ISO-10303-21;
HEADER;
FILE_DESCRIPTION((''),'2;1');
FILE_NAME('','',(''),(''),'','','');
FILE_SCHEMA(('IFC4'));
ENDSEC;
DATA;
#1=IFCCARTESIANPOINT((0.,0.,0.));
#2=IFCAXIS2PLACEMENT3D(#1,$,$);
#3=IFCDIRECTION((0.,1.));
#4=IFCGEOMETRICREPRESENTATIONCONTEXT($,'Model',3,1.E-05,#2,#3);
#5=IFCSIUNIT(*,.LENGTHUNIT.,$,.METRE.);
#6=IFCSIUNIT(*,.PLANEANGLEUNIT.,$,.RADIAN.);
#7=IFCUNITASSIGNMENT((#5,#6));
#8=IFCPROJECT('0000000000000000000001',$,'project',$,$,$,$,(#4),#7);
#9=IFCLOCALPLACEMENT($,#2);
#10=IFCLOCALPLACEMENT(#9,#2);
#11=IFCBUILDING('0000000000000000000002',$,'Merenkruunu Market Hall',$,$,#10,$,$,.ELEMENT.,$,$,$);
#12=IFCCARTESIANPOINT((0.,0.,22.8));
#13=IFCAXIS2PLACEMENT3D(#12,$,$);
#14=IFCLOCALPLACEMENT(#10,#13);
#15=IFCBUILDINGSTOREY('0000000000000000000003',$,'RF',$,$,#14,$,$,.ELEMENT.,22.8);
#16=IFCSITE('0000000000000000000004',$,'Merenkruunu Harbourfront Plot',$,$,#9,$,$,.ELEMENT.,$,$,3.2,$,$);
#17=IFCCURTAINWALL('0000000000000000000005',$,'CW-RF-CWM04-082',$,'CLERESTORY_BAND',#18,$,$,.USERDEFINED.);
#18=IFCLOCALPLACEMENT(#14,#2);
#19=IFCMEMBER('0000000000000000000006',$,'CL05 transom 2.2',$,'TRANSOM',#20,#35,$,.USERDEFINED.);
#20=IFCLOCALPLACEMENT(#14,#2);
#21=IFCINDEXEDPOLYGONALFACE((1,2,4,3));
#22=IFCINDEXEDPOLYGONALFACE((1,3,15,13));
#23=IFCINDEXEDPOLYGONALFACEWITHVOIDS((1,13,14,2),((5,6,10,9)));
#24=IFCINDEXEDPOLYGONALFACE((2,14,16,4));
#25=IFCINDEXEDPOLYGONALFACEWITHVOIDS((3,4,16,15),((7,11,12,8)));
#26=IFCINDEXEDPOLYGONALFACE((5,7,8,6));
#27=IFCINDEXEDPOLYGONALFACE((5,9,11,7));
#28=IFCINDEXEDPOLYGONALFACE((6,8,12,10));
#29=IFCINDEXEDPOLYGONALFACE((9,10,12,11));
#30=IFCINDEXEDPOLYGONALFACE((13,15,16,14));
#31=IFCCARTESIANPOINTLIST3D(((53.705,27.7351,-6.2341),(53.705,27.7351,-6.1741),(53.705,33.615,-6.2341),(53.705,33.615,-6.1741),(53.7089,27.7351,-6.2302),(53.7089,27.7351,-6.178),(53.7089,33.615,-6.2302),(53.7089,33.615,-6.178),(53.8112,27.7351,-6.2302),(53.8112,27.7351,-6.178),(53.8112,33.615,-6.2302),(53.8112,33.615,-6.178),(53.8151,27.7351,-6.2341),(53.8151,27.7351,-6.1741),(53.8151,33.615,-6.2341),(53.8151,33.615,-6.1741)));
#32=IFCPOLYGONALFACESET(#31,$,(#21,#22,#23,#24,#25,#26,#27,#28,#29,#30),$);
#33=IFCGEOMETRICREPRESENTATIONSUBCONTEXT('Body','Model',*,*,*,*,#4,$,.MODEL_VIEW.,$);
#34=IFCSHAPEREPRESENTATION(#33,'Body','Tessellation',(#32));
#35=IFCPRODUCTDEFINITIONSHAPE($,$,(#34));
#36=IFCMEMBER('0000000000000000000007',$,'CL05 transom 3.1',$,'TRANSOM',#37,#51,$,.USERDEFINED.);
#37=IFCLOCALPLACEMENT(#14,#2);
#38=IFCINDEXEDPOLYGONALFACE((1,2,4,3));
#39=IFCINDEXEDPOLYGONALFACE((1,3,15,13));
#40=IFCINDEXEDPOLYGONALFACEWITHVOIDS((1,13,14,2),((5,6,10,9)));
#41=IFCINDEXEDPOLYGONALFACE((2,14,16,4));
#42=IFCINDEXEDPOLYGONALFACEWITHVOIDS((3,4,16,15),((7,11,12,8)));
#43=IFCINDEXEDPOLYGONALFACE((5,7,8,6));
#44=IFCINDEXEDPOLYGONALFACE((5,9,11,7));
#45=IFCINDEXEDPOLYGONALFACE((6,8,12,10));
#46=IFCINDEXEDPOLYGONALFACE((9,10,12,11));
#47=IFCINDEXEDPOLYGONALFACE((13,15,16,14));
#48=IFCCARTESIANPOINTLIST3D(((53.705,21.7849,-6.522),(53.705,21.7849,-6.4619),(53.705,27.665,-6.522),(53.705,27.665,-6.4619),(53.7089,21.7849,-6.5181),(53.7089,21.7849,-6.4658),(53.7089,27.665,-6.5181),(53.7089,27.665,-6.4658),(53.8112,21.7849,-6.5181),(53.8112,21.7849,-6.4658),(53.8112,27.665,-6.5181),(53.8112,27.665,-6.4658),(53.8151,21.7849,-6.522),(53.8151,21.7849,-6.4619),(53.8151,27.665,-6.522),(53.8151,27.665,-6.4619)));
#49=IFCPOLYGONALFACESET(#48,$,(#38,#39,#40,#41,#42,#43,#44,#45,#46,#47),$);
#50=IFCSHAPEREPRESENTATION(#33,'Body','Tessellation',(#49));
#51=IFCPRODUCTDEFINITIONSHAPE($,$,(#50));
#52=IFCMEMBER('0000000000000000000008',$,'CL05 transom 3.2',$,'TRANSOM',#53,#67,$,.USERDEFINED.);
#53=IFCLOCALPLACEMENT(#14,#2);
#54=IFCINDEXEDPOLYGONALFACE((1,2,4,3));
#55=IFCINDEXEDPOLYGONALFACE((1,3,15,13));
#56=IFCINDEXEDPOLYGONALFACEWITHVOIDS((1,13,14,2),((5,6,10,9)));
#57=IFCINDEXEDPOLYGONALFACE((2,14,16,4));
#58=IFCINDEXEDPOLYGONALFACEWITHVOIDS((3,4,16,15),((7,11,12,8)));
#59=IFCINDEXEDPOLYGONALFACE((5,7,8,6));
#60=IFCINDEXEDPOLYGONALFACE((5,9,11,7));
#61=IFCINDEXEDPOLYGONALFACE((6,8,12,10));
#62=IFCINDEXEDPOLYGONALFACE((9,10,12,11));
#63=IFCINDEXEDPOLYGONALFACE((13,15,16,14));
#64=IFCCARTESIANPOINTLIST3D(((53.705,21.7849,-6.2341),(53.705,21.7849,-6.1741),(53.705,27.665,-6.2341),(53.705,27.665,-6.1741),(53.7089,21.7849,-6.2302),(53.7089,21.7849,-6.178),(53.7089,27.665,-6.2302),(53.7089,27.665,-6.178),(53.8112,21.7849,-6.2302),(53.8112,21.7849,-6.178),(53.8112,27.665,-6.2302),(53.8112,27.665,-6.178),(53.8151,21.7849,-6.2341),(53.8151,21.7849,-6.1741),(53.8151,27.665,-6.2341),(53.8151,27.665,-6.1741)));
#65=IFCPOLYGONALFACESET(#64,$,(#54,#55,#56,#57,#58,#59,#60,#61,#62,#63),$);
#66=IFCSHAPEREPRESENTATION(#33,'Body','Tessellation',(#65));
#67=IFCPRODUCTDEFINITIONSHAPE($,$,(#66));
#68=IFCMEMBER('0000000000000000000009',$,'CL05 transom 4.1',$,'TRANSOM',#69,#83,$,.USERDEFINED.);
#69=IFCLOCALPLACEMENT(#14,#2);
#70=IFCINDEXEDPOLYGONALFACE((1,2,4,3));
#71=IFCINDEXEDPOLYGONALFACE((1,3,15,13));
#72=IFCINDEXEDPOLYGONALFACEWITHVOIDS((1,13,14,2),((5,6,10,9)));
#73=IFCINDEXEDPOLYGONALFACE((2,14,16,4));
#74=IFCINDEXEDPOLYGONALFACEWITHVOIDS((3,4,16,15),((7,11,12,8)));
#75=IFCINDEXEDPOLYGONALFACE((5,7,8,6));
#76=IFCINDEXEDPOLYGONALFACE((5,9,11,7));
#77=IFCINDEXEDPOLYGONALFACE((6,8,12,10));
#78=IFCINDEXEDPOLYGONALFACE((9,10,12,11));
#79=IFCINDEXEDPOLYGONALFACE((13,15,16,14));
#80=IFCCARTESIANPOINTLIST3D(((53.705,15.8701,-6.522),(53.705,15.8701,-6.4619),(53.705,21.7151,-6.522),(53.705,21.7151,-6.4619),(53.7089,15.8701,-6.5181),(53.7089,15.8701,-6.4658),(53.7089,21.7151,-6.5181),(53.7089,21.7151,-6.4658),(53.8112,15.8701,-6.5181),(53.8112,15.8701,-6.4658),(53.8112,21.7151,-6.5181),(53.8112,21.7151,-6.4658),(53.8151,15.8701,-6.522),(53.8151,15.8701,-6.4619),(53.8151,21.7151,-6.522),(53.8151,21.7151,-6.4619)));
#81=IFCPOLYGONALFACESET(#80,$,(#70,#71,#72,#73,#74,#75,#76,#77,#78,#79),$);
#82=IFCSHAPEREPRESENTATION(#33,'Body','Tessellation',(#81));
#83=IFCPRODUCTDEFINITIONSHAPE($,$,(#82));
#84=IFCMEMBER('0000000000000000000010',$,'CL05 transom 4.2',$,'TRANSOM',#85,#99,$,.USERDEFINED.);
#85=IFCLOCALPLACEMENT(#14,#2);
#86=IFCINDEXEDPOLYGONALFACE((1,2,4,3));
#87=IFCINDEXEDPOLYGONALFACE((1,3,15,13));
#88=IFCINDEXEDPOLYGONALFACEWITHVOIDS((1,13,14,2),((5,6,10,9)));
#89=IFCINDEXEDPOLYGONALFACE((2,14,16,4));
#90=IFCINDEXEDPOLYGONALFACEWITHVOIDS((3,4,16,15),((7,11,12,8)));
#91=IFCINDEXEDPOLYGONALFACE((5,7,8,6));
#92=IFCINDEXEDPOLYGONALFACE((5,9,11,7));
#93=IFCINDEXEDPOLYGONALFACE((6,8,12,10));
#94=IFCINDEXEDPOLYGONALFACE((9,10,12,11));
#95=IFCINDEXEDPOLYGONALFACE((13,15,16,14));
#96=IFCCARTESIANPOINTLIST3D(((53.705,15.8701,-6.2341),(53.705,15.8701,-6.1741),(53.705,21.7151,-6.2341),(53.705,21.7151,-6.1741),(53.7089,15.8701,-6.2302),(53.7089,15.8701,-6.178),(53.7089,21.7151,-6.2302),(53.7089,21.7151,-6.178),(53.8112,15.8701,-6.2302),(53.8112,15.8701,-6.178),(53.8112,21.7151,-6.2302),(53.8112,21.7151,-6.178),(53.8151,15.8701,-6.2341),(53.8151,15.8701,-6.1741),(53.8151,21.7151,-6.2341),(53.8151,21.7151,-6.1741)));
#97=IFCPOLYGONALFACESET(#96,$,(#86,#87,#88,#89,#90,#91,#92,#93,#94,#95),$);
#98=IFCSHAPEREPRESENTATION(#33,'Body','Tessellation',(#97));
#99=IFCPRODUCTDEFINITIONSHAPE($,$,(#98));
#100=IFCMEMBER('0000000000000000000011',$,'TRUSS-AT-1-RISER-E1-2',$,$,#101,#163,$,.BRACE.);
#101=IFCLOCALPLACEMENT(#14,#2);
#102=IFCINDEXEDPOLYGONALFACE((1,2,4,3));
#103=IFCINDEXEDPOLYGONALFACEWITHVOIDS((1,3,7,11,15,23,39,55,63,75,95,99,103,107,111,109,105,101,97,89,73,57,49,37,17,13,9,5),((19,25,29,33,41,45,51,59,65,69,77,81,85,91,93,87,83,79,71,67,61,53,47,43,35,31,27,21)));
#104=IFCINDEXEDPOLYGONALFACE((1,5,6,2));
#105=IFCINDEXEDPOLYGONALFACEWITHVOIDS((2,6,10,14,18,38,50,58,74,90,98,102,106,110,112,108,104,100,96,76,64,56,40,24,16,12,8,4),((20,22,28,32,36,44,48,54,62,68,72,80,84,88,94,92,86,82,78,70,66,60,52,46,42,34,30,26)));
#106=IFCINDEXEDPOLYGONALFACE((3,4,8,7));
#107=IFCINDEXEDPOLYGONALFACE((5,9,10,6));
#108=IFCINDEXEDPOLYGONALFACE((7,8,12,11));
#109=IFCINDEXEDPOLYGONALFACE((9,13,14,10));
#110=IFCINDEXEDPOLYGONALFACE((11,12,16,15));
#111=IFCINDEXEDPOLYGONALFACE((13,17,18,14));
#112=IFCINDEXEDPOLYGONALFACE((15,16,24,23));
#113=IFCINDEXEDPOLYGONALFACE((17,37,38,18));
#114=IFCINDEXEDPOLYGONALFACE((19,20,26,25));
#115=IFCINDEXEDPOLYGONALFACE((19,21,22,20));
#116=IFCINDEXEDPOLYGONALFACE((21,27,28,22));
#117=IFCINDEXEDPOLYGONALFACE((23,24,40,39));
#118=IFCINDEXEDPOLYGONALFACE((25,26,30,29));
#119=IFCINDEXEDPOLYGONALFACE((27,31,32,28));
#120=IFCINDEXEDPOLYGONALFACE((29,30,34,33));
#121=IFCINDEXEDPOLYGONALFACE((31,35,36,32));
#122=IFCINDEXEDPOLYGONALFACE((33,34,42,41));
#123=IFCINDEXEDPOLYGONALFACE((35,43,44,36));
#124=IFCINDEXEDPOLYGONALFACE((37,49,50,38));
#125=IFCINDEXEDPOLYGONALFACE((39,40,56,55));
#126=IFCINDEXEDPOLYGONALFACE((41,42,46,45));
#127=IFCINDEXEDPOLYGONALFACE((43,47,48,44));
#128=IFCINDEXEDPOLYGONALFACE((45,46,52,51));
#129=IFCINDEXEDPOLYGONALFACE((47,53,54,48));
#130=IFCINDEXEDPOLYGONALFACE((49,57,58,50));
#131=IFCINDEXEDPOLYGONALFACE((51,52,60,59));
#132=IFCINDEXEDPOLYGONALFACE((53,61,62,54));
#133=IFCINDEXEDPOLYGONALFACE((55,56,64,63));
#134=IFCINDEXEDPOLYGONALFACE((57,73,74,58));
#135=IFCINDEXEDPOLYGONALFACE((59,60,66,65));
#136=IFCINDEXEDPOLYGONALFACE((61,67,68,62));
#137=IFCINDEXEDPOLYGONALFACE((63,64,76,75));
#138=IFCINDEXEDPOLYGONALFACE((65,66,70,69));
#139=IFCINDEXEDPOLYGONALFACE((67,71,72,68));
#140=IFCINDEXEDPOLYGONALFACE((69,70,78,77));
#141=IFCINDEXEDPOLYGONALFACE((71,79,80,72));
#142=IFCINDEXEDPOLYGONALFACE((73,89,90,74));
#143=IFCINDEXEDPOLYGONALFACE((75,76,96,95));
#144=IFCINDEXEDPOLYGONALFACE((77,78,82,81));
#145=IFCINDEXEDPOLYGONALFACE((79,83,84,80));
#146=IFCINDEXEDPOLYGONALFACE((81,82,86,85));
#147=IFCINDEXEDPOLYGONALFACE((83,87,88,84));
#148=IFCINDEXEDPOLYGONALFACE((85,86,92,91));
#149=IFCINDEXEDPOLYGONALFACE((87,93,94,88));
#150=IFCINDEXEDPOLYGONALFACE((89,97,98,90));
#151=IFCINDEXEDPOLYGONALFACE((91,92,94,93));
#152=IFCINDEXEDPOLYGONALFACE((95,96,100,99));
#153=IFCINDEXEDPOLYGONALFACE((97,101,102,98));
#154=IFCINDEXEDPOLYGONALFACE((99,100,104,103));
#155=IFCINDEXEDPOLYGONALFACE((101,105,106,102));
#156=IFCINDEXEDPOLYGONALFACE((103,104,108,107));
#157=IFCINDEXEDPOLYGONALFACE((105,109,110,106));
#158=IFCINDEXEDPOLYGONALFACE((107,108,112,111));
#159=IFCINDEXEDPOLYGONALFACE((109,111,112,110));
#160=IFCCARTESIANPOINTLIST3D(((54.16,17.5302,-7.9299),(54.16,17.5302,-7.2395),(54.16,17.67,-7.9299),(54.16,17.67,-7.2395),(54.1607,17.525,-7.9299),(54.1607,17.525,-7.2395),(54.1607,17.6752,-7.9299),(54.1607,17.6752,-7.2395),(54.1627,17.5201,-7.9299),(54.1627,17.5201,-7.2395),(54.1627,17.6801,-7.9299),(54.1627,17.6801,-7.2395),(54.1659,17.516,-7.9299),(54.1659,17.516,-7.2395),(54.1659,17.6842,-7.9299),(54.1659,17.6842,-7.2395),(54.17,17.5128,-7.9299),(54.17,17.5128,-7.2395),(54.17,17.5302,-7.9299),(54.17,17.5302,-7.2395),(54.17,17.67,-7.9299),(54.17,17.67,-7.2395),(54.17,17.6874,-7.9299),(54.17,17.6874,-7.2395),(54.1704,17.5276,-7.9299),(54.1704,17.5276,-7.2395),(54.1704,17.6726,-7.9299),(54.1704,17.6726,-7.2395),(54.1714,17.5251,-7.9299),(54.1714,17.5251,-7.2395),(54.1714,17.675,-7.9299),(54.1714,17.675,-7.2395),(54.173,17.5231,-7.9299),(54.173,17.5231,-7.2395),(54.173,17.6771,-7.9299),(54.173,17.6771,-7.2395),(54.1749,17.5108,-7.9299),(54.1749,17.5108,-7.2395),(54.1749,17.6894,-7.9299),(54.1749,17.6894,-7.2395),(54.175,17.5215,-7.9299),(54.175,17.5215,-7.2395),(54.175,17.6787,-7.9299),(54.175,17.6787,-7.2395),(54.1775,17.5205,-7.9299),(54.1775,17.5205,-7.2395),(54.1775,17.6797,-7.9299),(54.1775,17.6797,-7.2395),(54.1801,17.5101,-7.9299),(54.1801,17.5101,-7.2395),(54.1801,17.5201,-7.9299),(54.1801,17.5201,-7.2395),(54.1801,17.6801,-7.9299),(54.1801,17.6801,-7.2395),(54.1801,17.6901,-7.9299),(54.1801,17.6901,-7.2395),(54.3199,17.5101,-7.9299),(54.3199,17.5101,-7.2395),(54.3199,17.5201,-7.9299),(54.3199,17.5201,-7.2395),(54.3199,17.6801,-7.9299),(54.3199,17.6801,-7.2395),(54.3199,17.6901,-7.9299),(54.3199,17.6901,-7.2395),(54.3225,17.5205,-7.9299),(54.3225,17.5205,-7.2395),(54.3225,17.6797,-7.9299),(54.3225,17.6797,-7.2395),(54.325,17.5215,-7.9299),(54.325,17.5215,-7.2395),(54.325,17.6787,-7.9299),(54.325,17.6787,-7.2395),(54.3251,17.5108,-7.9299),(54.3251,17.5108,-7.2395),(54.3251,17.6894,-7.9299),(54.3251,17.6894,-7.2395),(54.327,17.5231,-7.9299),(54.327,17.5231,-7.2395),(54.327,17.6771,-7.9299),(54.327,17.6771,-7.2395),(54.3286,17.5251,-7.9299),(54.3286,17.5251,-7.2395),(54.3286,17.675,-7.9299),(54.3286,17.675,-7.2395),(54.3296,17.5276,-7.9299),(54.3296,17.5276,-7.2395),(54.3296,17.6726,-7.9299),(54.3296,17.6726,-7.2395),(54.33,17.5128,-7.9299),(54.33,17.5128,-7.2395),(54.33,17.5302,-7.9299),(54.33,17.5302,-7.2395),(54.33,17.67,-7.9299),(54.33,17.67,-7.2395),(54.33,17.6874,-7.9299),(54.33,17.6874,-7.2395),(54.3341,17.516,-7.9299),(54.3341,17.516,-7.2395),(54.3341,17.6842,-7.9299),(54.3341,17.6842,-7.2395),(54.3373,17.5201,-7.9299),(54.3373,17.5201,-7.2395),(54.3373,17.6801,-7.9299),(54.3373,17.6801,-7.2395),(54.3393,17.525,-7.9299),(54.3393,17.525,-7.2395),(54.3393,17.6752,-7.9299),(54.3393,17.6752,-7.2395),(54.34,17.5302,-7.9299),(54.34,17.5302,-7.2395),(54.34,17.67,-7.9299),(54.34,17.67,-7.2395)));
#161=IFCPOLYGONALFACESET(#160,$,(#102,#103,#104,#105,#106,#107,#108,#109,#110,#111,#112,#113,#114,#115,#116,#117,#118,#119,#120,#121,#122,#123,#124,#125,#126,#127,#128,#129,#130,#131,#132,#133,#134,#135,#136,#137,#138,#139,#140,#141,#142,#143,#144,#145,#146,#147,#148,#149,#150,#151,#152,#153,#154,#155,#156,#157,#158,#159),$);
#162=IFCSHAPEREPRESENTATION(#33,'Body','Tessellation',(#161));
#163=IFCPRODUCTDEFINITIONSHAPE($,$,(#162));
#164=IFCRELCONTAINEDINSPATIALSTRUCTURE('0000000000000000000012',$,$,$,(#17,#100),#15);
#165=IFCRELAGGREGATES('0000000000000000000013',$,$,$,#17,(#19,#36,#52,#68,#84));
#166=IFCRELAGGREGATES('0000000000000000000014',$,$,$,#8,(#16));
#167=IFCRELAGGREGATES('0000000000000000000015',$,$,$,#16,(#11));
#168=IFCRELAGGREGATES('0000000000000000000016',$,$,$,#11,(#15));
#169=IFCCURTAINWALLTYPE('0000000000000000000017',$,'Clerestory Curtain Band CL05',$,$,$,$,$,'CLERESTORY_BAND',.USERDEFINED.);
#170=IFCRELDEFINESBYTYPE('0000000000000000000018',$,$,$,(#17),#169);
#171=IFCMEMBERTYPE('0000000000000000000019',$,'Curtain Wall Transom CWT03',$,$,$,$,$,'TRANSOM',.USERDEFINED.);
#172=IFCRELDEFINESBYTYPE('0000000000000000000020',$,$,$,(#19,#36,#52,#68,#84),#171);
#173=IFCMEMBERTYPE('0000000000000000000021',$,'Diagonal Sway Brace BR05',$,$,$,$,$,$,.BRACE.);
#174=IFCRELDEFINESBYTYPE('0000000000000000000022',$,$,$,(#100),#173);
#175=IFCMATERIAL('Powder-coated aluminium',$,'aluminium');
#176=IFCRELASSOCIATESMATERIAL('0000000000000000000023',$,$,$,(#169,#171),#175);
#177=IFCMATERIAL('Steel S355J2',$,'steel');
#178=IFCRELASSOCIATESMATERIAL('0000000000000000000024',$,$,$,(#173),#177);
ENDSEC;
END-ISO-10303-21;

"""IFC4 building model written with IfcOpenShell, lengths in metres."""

from ifc_helpers import new_model, si_unit, direction, frame, origin, origin_2d, place, context, subcontext, project, spatial, hollow_rectangle, extrude, material, material_profile, profile_set, type_object, element, aggregate, save


model = new_model("IFC4")

# Units and contexts
model_context = context("Model", 3, precision=1e-05, world=origin(), true_north=direction((0.0, 1.0)))
body_context = subcontext(model_context, "Body", "Model", "MODEL_VIEW")
ifc_project = project(units=[si_unit("LENGTHUNIT", "METRE"), si_unit("PLANEANGLEUNIT", "RADIAN")], contexts=[model_context])

# Site, building, storey
site_placement = place(None, origin())
site = spatial("IfcSite", under=ifc_project, at=site_placement, Name="Merenkruunu Harbourfront Plot", CompositionType="ELEMENT", RefElevation=3.2)
building_placement = place(site_placement, origin())
building = spatial("IfcBuilding", under=site, at=building_placement, Name="Merenkruunu Market Hall", CompositionType="ELEMENT")
storey_placement = place(building_placement, frame((0.0, 0.0, 22.8)))
storey = spatial("IfcBuildingStorey", under=building, at=storey_placement, Name="RF", CompositionType="ELEMENT", Elevation=22.8)

# Shared definitions
ifc_material_1 = material(Name="Powder-coated aluminium", Category="aluminium")

# Curtain wall
curtain_wall_type_1 = type_object("IfcCurtainWallType", Name="Clerestory Curtain Band CL05", ElementType="CLERESTORY_BAND", PredefinedType="USERDEFINED", material=ifc_material_1)
curtain_wall_1_placement = place(storey_placement, origin())
curtain_wall_1 = element("IfcCurtainWall", 1, at=curtain_wall_1_placement, inside=storey, type_object=curtain_wall_type_1, Name="CW-RF-CWM04-082", ObjectType="CLERESTORY_BAND", PredefinedType="USERDEFINED")

# Members
ifc_material_profile_1 = material_profile(ifc_material_1, hollow_rectangle(XDim=0.0601, YDim=0.1101, WallThickness=0.0039, at=origin_2d()), Name="ALU 60x110x4")
ifc_profile_set_1 = profile_set([ifc_material_profile_1], Name="Powder-coated aluminium")
member_type_1 = type_object("IfcMemberType", Name="Curtain Wall Transom CWT03", ElementType="TRANSOM", PredefinedType="USERDEFINED", material=ifc_profile_set_1)
member_1_placement = place(storey_placement, frame((53.76, 33.615, -6.2041), z_axis=(0.0, -1.0, 0.0), x_axis=(0.0, 0.0, 1.0)))
member_1 = element("IfcMember", 2, at=member_1_placement, type_object=member_type_1, Name="CL05 transom 2.2", ObjectType="TRANSOM", PredefinedType="USERDEFINED", context=body_context, shape_type="SweptSolid", body=[
    extrude(hollow_rectangle(XDim=0.0601, YDim=0.1101, WallThickness=0.0039, at=origin_2d()), origin(), (0.0, 0.0, 1.0), 5.8799),
])
member_2_placement = place(storey_placement, frame((53.76, 27.665, -6.4919), z_axis=(0.0, -1.0, 0.0), x_axis=(0.0, 0.0, 1.0)))
member_2 = element("IfcMember", 3, at=member_2_placement, type_object=member_type_1, Name="CL05 transom 3.1", ObjectType="TRANSOM", PredefinedType="USERDEFINED", context=body_context, shape_type="SweptSolid", body=[
    extrude(hollow_rectangle(XDim=0.0601, YDim=0.1101, WallThickness=0.0039, at=origin_2d()), origin(), (0.0, 0.0, 1.0), 5.8801),
])
member_3_placement = place(storey_placement, frame((53.76, 27.665, -6.2041), z_axis=(0.0, -1.0, 0.0), x_axis=(0.0, 0.0, 1.0)))
member_3 = element("IfcMember", 4, at=member_3_placement, type_object=member_type_1, Name="CL05 transom 3.2", ObjectType="TRANSOM", PredefinedType="USERDEFINED", context=body_context, shape_type="SweptSolid", body=[
    extrude(hollow_rectangle(XDim=0.0601, YDim=0.1101, WallThickness=0.0039, at=origin_2d()), origin(), (0.0, 0.0, 1.0), 5.8801),
])
member_4_placement = place(storey_placement, frame((53.76, 21.7151, -6.4919), z_axis=(0.0, -1.0, 0.0), x_axis=(0.0, 0.0, 1.0)))
member_4 = element("IfcMember", 5, at=member_4_placement, type_object=member_type_1, Name="CL05 transom 4.1", ObjectType="TRANSOM", PredefinedType="USERDEFINED", context=body_context, shape_type="SweptSolid", body=[
    extrude(hollow_rectangle(XDim=0.0601, YDim=0.1101, WallThickness=0.0039, at=origin_2d()), origin(), (0.0, 0.0, 1.0), 5.845),
])
member_5_placement = place(storey_placement, frame((53.76, 21.7151, -6.2041), z_axis=(0.0, -1.0, 0.0), x_axis=(0.0, 0.0, 1.0)))
member_5 = element("IfcMember", 6, at=member_5_placement, type_object=member_type_1, Name="CL05 transom 4.2", ObjectType="TRANSOM", PredefinedType="USERDEFINED", context=body_context, shape_type="SweptSolid", body=[
    extrude(hollow_rectangle(XDim=0.0601, YDim=0.1101, WallThickness=0.0039, at=origin_2d()), origin(), (0.0, 0.0, 1.0), 5.845),
])

# Member
ifc_material_2 = material(Name="Steel S355J2", Category="steel")
ifc_material_profile_2 = material_profile(ifc_material_2, hollow_rectangle(XDim=0.1799, YDim=0.1799, WallThickness=0.01, InnerFilletRadius=0.01, OuterFilletRadius=0.02, at=origin_2d()), Name="SHS 180x180x10")
ifc_profile_set_2 = profile_set([ifc_material_profile_2], Name="Steel S355J2")
member_type_2 = type_object("IfcMemberType", Name="Diagonal Sway Brace BR05", PredefinedType="BRACE", material=ifc_profile_set_2)
member_6_placement = place(storey_placement, frame((54.25, 17.6001, -7.9299), z_axis=(0.0, 0.0, 1.0), x_axis=(1.0, 0.0, 0.0)))
element("IfcMember", 7, at=member_6_placement, inside=storey, type_object=member_type_2, Name="TRUSS-AT-1-RISER-E1-2", PredefinedType="BRACE", context=body_context, shape_type="SweptSolid", body=[
    extrude(hollow_rectangle(XDim=0.1799, YDim=0.1799, WallThickness=0.01, InnerFilletRadius=0.01, OuterFilletRadius=0.02, at=origin_2d()), origin(), (0.0, 0.0, 1.0), 0.6904),
])

aggregate(curtain_wall_1, [member_1, member_2, member_3, member_4, member_5])

save(model, "model.ifc")
